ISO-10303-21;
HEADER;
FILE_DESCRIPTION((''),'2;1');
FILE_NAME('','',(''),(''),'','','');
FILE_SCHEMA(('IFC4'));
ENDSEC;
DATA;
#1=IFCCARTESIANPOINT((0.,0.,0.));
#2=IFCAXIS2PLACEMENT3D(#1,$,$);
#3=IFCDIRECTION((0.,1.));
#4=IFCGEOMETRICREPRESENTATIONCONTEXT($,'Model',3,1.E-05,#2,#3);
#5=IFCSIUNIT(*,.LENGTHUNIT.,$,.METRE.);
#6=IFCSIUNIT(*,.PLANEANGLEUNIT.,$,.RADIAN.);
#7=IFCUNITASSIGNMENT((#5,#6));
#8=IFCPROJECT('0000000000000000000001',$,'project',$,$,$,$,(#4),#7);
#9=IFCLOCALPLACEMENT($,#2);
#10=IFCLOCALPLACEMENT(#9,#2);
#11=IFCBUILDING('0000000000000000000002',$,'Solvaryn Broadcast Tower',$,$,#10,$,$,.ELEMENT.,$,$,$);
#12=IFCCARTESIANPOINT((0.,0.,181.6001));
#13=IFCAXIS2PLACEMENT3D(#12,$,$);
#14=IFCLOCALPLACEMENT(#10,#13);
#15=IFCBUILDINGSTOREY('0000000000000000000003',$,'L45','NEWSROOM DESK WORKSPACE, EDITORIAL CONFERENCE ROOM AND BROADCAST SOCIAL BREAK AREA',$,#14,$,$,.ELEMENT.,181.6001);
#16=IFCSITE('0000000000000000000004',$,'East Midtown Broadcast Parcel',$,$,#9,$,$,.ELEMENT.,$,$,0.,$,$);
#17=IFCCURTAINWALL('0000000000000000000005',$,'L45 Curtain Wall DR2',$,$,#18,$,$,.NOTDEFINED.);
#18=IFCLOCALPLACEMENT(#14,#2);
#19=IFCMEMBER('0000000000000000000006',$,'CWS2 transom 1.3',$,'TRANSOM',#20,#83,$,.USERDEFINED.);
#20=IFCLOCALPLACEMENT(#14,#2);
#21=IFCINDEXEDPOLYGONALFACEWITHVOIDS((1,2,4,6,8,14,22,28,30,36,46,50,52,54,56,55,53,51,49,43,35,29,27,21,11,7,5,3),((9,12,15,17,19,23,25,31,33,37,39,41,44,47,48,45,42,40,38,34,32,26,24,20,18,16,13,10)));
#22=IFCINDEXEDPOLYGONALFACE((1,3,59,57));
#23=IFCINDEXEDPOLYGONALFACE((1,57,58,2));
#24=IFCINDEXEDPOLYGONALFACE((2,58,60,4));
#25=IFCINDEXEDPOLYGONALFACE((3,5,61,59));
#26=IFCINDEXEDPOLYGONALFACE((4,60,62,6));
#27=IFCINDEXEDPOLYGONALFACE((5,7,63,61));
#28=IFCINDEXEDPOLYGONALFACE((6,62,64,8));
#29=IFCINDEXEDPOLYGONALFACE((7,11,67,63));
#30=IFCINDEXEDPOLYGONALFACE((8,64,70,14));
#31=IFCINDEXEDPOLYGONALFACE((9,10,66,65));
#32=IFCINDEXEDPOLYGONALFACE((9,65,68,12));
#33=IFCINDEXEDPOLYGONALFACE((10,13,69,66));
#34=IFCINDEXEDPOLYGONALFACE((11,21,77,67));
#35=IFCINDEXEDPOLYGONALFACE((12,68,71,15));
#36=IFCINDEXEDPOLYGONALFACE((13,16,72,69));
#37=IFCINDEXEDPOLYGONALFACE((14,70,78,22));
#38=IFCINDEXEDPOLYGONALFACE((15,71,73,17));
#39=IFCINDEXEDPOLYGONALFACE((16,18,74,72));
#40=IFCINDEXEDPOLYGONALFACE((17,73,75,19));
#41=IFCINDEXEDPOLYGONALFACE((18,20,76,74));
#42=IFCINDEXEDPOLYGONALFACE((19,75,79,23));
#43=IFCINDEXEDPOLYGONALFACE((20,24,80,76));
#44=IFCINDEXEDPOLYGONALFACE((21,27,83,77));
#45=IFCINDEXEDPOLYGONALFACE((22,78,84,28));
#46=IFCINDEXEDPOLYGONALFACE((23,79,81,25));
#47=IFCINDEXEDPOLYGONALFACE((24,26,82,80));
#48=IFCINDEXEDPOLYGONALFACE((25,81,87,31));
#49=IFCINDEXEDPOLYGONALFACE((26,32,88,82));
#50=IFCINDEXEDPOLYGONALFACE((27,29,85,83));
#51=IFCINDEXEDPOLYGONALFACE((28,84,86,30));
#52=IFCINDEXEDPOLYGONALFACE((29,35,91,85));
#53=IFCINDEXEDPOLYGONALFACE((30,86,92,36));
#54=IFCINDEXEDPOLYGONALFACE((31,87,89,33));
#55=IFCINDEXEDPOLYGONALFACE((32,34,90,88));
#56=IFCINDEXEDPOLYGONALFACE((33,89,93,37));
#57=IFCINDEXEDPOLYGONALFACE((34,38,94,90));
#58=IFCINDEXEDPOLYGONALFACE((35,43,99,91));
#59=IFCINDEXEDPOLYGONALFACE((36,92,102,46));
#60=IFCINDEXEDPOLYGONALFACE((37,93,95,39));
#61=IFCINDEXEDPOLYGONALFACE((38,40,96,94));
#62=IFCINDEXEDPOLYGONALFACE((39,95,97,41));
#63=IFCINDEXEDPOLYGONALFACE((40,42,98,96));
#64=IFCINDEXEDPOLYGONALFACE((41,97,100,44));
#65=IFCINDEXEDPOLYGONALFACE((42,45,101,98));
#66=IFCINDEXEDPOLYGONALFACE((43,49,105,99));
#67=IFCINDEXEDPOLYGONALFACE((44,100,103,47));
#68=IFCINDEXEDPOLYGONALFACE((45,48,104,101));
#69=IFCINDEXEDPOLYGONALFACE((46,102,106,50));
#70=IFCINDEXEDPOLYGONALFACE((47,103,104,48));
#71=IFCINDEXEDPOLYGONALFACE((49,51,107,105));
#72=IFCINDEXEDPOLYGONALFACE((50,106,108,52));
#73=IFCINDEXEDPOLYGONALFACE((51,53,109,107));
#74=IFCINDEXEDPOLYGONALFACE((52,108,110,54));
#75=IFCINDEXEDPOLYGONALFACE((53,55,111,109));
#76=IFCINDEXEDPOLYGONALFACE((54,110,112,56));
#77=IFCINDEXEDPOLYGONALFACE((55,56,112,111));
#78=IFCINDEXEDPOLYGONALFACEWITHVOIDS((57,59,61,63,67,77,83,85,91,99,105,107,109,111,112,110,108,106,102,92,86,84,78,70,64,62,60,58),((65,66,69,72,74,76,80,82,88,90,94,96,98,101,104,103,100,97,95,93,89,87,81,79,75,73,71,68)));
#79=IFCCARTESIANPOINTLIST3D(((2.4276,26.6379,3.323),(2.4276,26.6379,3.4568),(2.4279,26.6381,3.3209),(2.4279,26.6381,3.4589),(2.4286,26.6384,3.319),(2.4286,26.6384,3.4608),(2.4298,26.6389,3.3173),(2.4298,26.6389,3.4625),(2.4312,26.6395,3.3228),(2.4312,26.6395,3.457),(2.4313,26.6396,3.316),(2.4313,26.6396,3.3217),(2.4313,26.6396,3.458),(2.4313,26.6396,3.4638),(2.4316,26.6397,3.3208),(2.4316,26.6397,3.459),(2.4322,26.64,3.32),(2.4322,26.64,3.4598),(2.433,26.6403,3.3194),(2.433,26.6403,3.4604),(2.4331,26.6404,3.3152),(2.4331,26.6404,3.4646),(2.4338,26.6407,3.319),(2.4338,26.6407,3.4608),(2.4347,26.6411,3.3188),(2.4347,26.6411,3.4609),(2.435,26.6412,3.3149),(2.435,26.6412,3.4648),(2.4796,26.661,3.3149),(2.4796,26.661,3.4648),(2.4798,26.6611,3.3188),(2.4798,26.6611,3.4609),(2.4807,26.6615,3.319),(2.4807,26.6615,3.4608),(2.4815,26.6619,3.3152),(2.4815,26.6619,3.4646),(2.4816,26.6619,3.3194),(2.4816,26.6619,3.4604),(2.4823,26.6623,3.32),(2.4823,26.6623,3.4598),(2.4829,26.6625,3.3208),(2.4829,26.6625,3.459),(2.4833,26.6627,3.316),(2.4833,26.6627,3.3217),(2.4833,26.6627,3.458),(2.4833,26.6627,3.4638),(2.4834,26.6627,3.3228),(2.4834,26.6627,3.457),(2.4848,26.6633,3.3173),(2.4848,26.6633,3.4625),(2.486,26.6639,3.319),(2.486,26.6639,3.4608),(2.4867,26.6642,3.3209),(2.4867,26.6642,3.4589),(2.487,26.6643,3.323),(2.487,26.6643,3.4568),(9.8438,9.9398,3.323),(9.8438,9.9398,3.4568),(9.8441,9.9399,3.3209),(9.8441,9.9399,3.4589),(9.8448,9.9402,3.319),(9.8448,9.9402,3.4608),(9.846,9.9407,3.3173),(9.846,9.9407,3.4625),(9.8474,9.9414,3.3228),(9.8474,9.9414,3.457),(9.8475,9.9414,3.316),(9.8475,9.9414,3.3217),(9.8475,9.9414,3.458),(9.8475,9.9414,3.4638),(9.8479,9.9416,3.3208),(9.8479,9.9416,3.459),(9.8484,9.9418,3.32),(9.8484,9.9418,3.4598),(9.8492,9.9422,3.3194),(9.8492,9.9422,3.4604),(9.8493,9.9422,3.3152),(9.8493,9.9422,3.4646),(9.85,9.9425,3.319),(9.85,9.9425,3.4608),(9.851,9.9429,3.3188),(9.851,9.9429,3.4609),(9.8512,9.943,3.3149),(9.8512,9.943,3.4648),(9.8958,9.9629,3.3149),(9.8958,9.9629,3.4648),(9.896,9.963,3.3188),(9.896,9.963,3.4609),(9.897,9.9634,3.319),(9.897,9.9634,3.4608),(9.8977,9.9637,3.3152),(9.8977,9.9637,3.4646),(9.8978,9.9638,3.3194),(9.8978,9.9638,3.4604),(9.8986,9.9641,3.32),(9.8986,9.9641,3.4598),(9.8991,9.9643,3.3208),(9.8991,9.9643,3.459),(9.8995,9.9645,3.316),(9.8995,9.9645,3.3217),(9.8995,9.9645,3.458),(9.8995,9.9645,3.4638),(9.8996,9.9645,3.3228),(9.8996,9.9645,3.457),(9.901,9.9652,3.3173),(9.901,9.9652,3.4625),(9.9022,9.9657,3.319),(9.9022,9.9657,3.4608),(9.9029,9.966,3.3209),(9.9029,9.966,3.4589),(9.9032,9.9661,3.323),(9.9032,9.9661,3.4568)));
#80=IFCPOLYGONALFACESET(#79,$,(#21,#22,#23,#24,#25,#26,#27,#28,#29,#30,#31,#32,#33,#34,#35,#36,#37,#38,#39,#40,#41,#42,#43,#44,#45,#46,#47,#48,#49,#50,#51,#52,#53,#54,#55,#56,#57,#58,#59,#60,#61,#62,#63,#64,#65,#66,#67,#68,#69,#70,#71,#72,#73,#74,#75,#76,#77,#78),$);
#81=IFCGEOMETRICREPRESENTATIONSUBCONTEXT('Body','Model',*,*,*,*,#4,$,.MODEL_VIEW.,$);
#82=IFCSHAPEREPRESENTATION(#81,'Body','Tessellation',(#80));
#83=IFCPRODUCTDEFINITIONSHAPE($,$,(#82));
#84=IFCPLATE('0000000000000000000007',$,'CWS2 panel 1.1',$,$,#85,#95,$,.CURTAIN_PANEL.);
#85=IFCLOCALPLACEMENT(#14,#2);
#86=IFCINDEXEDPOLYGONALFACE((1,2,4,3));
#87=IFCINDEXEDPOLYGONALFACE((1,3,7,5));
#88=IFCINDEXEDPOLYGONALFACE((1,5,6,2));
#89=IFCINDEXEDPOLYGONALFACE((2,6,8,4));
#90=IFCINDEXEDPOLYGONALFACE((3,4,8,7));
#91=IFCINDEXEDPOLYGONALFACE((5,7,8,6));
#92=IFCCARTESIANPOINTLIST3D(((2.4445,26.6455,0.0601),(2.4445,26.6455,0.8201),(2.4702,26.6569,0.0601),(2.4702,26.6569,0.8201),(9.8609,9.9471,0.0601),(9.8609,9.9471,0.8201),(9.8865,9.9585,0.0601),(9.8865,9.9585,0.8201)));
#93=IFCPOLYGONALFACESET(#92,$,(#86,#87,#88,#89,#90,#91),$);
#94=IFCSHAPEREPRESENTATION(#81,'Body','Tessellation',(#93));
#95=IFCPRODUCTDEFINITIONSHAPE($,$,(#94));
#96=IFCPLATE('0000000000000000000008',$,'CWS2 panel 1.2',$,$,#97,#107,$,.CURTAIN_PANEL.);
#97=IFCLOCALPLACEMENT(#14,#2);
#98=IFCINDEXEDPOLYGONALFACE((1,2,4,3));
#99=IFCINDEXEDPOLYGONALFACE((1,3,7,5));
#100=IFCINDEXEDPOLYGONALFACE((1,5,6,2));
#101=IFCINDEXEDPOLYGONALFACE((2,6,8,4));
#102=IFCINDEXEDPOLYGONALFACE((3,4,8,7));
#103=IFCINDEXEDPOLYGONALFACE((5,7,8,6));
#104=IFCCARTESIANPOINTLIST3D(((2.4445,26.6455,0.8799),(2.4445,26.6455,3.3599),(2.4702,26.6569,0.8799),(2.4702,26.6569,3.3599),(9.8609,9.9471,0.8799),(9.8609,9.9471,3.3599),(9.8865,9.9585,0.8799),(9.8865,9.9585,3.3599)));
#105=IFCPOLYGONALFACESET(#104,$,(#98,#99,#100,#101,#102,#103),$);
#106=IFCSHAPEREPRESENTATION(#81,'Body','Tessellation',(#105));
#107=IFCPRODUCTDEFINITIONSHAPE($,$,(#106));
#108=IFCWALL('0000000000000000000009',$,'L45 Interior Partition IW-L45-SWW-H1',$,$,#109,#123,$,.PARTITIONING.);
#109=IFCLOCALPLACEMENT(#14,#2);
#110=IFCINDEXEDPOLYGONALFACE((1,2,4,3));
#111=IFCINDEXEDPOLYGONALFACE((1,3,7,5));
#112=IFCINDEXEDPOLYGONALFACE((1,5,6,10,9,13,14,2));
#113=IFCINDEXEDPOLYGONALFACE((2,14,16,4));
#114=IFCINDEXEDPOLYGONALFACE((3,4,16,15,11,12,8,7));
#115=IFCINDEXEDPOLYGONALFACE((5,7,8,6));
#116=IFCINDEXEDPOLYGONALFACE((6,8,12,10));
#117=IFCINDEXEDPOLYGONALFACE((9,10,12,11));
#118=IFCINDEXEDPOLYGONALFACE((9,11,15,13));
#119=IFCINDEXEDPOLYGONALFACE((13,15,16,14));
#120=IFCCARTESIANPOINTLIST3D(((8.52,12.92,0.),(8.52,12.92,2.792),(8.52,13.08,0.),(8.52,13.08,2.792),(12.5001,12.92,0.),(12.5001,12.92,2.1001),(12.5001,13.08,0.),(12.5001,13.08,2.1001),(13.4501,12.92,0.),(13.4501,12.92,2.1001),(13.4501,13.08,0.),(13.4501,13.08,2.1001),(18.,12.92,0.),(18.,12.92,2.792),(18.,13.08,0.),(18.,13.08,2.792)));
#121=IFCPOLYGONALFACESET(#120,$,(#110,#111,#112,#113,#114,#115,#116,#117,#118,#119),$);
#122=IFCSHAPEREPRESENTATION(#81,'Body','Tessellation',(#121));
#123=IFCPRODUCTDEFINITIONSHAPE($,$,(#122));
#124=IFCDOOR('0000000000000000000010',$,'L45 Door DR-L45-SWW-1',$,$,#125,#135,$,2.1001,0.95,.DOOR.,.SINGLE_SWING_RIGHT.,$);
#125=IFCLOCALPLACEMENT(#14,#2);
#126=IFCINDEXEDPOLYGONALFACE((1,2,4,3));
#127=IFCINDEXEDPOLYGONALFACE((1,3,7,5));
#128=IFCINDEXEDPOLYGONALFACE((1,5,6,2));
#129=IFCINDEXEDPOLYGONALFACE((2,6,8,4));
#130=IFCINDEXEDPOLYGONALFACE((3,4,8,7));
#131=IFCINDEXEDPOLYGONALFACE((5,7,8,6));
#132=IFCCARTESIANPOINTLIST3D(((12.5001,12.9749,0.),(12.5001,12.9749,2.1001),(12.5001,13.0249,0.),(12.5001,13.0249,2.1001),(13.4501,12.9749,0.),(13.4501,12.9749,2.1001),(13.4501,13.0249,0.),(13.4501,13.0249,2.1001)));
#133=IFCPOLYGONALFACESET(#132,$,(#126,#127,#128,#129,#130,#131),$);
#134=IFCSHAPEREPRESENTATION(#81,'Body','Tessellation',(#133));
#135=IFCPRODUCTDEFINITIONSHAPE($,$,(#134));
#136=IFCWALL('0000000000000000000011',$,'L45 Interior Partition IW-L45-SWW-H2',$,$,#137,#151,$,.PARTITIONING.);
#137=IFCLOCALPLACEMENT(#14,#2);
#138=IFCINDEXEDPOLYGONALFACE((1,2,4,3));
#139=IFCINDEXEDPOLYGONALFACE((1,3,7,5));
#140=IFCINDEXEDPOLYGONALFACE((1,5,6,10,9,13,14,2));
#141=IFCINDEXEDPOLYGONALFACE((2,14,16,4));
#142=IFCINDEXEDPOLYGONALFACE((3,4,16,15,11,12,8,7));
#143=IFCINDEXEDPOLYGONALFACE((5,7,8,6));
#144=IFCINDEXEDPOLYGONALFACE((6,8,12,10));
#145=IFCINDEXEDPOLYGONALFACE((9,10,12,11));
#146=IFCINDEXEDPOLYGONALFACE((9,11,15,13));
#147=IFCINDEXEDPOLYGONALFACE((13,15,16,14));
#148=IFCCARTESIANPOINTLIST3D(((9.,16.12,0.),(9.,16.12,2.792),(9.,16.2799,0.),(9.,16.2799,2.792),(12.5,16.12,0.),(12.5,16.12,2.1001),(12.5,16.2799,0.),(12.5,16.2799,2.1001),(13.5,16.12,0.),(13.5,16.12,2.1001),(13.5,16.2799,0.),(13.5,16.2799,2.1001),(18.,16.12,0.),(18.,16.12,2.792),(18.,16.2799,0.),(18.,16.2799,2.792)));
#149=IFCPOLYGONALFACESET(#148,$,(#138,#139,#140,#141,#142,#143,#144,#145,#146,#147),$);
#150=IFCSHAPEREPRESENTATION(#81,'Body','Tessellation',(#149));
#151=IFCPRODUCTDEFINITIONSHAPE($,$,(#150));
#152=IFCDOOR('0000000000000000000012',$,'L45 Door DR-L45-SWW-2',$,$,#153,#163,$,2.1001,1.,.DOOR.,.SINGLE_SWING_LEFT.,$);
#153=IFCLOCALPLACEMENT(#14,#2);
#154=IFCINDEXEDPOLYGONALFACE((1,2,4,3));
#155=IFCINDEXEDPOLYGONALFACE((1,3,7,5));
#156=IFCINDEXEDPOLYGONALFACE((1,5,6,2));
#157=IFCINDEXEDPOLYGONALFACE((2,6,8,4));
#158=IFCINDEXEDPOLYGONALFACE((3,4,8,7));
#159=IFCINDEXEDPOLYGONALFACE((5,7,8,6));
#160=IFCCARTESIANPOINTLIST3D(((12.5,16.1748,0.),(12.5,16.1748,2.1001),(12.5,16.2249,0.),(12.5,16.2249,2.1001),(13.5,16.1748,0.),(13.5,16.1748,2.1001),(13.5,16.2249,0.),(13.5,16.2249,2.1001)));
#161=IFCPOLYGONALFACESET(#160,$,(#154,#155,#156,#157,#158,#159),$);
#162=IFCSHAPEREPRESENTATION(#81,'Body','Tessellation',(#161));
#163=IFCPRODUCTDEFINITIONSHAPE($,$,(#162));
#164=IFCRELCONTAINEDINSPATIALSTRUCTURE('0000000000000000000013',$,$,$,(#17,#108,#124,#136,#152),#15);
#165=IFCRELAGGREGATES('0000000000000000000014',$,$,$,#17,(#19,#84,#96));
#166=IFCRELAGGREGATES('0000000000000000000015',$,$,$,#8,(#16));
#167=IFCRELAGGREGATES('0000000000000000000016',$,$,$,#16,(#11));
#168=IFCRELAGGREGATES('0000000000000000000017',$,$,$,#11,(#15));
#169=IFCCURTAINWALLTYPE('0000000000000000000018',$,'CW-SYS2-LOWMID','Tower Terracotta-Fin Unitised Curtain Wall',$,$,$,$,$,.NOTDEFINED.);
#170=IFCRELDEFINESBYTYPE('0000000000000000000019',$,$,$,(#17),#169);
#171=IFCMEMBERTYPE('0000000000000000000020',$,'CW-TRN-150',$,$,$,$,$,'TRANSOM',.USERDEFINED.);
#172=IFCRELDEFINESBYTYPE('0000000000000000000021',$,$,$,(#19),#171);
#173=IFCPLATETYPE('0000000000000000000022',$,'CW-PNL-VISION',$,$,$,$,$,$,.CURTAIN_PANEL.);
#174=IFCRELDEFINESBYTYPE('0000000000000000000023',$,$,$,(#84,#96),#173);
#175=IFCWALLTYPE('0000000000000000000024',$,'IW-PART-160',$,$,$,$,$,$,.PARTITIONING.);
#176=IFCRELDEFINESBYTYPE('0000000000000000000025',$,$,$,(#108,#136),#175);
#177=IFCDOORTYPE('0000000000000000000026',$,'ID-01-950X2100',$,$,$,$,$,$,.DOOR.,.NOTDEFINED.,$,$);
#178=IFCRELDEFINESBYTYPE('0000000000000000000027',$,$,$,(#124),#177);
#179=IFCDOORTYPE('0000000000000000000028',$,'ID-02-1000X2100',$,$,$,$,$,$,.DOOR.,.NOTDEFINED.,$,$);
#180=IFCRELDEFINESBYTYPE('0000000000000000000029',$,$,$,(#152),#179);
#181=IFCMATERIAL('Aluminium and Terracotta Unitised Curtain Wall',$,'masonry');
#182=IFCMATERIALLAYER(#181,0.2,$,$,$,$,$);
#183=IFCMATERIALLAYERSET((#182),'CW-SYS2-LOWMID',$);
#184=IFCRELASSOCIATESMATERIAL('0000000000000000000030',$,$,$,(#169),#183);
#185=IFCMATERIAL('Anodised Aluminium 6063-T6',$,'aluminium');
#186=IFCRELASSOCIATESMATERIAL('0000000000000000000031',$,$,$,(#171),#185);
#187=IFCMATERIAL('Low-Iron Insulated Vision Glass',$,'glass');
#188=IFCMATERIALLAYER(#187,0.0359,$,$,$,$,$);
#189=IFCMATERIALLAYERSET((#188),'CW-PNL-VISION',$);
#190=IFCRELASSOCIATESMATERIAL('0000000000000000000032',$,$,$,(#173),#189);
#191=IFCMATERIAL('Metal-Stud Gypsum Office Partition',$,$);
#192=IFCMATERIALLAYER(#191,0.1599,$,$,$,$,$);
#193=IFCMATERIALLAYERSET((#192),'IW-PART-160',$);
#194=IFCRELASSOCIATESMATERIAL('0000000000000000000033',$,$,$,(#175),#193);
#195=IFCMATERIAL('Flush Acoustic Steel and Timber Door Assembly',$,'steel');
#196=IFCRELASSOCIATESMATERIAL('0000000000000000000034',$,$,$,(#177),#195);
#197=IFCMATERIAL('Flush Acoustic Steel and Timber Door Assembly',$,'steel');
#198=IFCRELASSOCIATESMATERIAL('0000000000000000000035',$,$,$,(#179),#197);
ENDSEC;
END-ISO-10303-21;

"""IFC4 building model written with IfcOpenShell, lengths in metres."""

from ifc_helpers import new_model, si_unit, direction, frame, frame_2d, origin, origin_2d, place, context, subcontext, project, spatial, rectangle, hollow_rectangle, extrude, material, layer, layer_set, material_profile, profile_set, type_object, element, fill, aggregate, save


model = new_model("IFC4")

# Units and contexts
model_context = context("Model", 3, precision=1e-05, world=origin(), true_north=direction((0.0, 1.0)))
body_context = subcontext(model_context, "Body", "Model", "MODEL_VIEW")
ifc_project = project(units=[si_unit("LENGTHUNIT", "METRE"), si_unit("PLANEANGLEUNIT", "RADIAN")], contexts=[model_context])

# Site, building, storey
site_placement = place(None, origin())
site = spatial("IfcSite", under=ifc_project, at=site_placement, Name="East Midtown Broadcast Parcel", CompositionType="ELEMENT", RefElevation=0.0)
building_placement = place(site_placement, origin())
building = spatial("IfcBuilding", under=site, at=building_placement, Name="Solvaryn Broadcast Tower", CompositionType="ELEMENT")
storey_placement = place(building_placement, frame((0.0, 0.0, 181.6001)))
storey = spatial("IfcBuildingStorey", under=building, at=storey_placement, Name="L45", Description="NEWSROOM DESK WORKSPACE, EDITORIAL CONFERENCE ROOM AND BROADCAST SOCIAL BREAK AREA", CompositionType="ELEMENT", Elevation=181.6001)

# Shared definitions
ifc_material_1 = material(Name="Aluminium and Terracotta Unitised Curtain Wall", Category="masonry")
ifc_layer_1 = layer(ifc_material_1, 0.2)
ifc_layer_set_1 = layer_set([ifc_layer_1], Name="CW-SYS2-LOWMID")
curtain_wall_type = type_object("IfcCurtainWallType", Name="CW-SYS2-LOWMID", Description="Tower Terracotta-Fin Unitised Curtain Wall", PredefinedType="NOTDEFINED", material=ifc_layer_set_1)

# Curtain wall, member, plates
curtain_wall_1_placement = place(storey_placement, origin())
curtain_wall_1 = element("IfcCurtainWall", 1, at=curtain_wall_1_placement, inside=storey, type_object=curtain_wall_type, Name="L45 Curtain Wall DR2", PredefinedType="NOTDEFINED")
ifc_material_2 = material(Name="Anodised Aluminium 6063-T6", Category="aluminium")
ifc_material_profile_1 = material_profile(ifc_material_2, hollow_rectangle(XDim=0.0649, YDim=0.1499, WallThickness=0.0039, InnerFilletRadius=0.0039, OuterFilletRadius=0.0081, at=origin_2d()))
ifc_profile_set_1 = profile_set([ifc_material_profile_1], Name="Anodised Aluminium 6063-T6")
member_type_1 = type_object("IfcMemberType", Name="CW-TRN-150", ElementType="TRANSOM", PredefinedType="USERDEFINED", material=ifc_profile_set_1)
member_1_placement = place(storey_placement, frame((2.4573, 26.6511, 3.3899), z_axis=(0.405902, -0.913917, 0.0), x_axis=(0.913917, 0.405902, 0.0)))
member_1 = element("IfcMember", 2, at=member_1_placement, type_object=member_type_1, Name="CWS2 transom 1.3", ObjectType="TRANSOM", PredefinedType="USERDEFINED", context=body_context, shape_type="SweptSolid", body=[
    extrude(hollow_rectangle(XDim=0.0649, YDim=0.1499, WallThickness=0.0039, InnerFilletRadius=0.0039, OuterFilletRadius=0.0081, at=origin_2d()), origin(), (0.0, 0.0, 1.0), 18.271),
])
ifc_material_3 = material(Name="Low-Iron Insulated Vision Glass", Category="glass")
ifc_layer_2 = layer(ifc_material_3, 0.0359)
ifc_layer_set_2 = layer_set([ifc_layer_2], Name="CW-PNL-VISION")
plate_type = type_object("IfcPlateType", Name="CW-PNL-VISION", PredefinedType="CURTAIN_PANEL", material=ifc_layer_set_2)
plate_1_placement = place(storey_placement, frame((6.1655, 18.302, 0.0601), z_axis=(0.0, 0.0, 1.0), x_axis=(0.405901, -0.913917, 0.0)))
plate_1 = element("IfcPlate", 3, at=plate_1_placement, type_object=plate_type, Name="CWS2 panel 1.1", PredefinedType="CURTAIN_PANEL", context=body_context, shape_type="SweptSolid", body=[
    extrude(rectangle(XDim=18.2712, YDim=0.0281, at=origin_2d()), origin(), (0.0, 0.0, 1.0), 0.76),
])
plate_2_placement = place(storey_placement, frame((6.1655, 18.302, 0.8799), z_axis=(0.0, 0.0, 1.0), x_axis=(0.405901, -0.913917, 0.0)))
plate_2 = element("IfcPlate", 4, at=plate_2_placement, type_object=plate_type, Name="CWS2 panel 1.2", PredefinedType="CURTAIN_PANEL", context=body_context, shape_type="SweptSolid", body=[
    extrude(rectangle(XDim=18.2712, YDim=0.0281, at=origin_2d()), origin(), (0.0, 0.0, 1.0), 2.48),
])
aggregate(curtain_wall_1, [member_1, plate_1, plate_2])

# Walls, openings, doors
ifc_material_4 = material(Name="Metal-Stud Gypsum Office Partition")
ifc_layer_3 = layer(ifc_material_4, 0.1599)
ifc_layer_set_3 = layer_set([ifc_layer_3], Name="IW-PART-160")
wall_type = type_object("IfcWallType", Name="IW-PART-160", PredefinedType="PARTITIONING", material=ifc_layer_set_3)
wall_1_placement = place(storey_placement, frame((8.52, 13.0, 0.0), z_axis=(0.0, 0.0, 1.0), x_axis=(1.0, 0.0, 0.0)))
wall_1 = element("IfcWall", 5, at=wall_1_placement, inside=storey, type_object=wall_type, Name="L45 Interior Partition IW-L45-SWW-H1", PredefinedType="PARTITIONING", context=body_context, shape_type="SweptSolid", body=[
    extrude(rectangle(XDim=9.48, YDim=0.1599, at=frame_2d((4.74, 0.0))), origin(), (0.0, 0.0, 1.0), 2.792),
])
opening_1_placement = place(wall_1_placement, frame((3.98, 0.0, 0.0)))
opening_1 = element("IfcOpeningElement", 6, at=opening_1_placement, cuts=wall_1, PredefinedType="OPENING", context=body_context, shape_type="SweptSolid", body=[
    extrude(rectangle(XDim=0.95, YDim=2.1001, at=frame_2d((0.4751, 1.05))), frame((0.0, 0.0901, 0.0), z_axis=(0.0, -1.0, 0.0), x_axis=(1.0, 0.0, 0.0)), (0.0, 0.0, 1.0), 0.1799),
])
ifc_material_5 = material(Name="Flush Acoustic Steel and Timber Door Assembly", Category="steel")
door_type_1 = type_object("IfcDoorType", Name="ID-01-950X2100", OperationType="NOTDEFINED", PredefinedType="DOOR", material=ifc_material_5)
door_1_placement = place(opening_1_placement, origin())
door_1 = element("IfcDoor", 7, at=door_1_placement, inside=storey, type_object=door_type_1, Name="L45 Door DR-L45-SWW-1", OperationType="SINGLE_SWING_RIGHT", OverallHeight=2.1001, OverallWidth=0.95, PredefinedType="DOOR", context=body_context, shape_type="SweptSolid", body=[
    extrude(rectangle(XDim=0.95, YDim=2.1001, at=frame_2d((0.4751, 1.05))), frame((0.0, 0.0249, 0.0), z_axis=(0.0, -1.0, 0.0), x_axis=(1.0, 0.0, 0.0)), (0.0, 0.0, 1.0), 0.05),
])
fill(opening_1, door_1)
wall_2_placement = place(storey_placement, frame((9.0, 16.2, 0.0), z_axis=(0.0, 0.0, 1.0), x_axis=(1.0, 0.0, 0.0)))
wall_2 = element("IfcWall", 8, at=wall_2_placement, inside=storey, type_object=wall_type, Name="L45 Interior Partition IW-L45-SWW-H2", PredefinedType="PARTITIONING", context=body_context, shape_type="SweptSolid", body=[
    extrude(rectangle(XDim=9.0, YDim=0.1599, at=frame_2d((4.5, 0.0))), origin(), (0.0, 0.0, 1.0), 2.792),
])
opening_2_placement = place(wall_2_placement, frame((3.5, 0.0, 0.0)))
opening_2 = element("IfcOpeningElement", 9, at=opening_2_placement, cuts=wall_2, PredefinedType="OPENING", context=body_context, shape_type="SweptSolid", body=[
    extrude(rectangle(XDim=1.0, YDim=2.1001, at=frame_2d((0.5, 1.05))), frame((0.0, 0.0901, 0.0), z_axis=(0.0, -1.0, 0.0), x_axis=(1.0, 0.0, 0.0)), (0.0, 0.0, 1.0), 0.1799),
])
ifc_material_6 = material(Name="Flush Acoustic Steel and Timber Door Assembly", Category="steel")
door_type_2 = type_object("IfcDoorType", Name="ID-02-1000X2100", OperationType="NOTDEFINED", PredefinedType="DOOR", material=ifc_material_6)
door_2_placement = place(opening_2_placement, origin())
door_2 = element("IfcDoor", 10, at=door_2_placement, inside=storey, type_object=door_type_2, Name="L45 Door DR-L45-SWW-2", OperationType="SINGLE_SWING_LEFT", OverallHeight=2.1001, OverallWidth=1.0, PredefinedType="DOOR", context=body_context, shape_type="SweptSolid", body=[
    extrude(rectangle(XDim=1.0, YDim=2.1001, at=frame_2d((0.5, 1.05))), frame((0.0, 0.0249, 0.0), z_axis=(0.0, -1.0, 0.0), x_axis=(1.0, 0.0, 0.0)), (0.0, 0.0, 1.0), 0.05),
])
fill(opening_2, door_2)

save(model, "model.ifc")
